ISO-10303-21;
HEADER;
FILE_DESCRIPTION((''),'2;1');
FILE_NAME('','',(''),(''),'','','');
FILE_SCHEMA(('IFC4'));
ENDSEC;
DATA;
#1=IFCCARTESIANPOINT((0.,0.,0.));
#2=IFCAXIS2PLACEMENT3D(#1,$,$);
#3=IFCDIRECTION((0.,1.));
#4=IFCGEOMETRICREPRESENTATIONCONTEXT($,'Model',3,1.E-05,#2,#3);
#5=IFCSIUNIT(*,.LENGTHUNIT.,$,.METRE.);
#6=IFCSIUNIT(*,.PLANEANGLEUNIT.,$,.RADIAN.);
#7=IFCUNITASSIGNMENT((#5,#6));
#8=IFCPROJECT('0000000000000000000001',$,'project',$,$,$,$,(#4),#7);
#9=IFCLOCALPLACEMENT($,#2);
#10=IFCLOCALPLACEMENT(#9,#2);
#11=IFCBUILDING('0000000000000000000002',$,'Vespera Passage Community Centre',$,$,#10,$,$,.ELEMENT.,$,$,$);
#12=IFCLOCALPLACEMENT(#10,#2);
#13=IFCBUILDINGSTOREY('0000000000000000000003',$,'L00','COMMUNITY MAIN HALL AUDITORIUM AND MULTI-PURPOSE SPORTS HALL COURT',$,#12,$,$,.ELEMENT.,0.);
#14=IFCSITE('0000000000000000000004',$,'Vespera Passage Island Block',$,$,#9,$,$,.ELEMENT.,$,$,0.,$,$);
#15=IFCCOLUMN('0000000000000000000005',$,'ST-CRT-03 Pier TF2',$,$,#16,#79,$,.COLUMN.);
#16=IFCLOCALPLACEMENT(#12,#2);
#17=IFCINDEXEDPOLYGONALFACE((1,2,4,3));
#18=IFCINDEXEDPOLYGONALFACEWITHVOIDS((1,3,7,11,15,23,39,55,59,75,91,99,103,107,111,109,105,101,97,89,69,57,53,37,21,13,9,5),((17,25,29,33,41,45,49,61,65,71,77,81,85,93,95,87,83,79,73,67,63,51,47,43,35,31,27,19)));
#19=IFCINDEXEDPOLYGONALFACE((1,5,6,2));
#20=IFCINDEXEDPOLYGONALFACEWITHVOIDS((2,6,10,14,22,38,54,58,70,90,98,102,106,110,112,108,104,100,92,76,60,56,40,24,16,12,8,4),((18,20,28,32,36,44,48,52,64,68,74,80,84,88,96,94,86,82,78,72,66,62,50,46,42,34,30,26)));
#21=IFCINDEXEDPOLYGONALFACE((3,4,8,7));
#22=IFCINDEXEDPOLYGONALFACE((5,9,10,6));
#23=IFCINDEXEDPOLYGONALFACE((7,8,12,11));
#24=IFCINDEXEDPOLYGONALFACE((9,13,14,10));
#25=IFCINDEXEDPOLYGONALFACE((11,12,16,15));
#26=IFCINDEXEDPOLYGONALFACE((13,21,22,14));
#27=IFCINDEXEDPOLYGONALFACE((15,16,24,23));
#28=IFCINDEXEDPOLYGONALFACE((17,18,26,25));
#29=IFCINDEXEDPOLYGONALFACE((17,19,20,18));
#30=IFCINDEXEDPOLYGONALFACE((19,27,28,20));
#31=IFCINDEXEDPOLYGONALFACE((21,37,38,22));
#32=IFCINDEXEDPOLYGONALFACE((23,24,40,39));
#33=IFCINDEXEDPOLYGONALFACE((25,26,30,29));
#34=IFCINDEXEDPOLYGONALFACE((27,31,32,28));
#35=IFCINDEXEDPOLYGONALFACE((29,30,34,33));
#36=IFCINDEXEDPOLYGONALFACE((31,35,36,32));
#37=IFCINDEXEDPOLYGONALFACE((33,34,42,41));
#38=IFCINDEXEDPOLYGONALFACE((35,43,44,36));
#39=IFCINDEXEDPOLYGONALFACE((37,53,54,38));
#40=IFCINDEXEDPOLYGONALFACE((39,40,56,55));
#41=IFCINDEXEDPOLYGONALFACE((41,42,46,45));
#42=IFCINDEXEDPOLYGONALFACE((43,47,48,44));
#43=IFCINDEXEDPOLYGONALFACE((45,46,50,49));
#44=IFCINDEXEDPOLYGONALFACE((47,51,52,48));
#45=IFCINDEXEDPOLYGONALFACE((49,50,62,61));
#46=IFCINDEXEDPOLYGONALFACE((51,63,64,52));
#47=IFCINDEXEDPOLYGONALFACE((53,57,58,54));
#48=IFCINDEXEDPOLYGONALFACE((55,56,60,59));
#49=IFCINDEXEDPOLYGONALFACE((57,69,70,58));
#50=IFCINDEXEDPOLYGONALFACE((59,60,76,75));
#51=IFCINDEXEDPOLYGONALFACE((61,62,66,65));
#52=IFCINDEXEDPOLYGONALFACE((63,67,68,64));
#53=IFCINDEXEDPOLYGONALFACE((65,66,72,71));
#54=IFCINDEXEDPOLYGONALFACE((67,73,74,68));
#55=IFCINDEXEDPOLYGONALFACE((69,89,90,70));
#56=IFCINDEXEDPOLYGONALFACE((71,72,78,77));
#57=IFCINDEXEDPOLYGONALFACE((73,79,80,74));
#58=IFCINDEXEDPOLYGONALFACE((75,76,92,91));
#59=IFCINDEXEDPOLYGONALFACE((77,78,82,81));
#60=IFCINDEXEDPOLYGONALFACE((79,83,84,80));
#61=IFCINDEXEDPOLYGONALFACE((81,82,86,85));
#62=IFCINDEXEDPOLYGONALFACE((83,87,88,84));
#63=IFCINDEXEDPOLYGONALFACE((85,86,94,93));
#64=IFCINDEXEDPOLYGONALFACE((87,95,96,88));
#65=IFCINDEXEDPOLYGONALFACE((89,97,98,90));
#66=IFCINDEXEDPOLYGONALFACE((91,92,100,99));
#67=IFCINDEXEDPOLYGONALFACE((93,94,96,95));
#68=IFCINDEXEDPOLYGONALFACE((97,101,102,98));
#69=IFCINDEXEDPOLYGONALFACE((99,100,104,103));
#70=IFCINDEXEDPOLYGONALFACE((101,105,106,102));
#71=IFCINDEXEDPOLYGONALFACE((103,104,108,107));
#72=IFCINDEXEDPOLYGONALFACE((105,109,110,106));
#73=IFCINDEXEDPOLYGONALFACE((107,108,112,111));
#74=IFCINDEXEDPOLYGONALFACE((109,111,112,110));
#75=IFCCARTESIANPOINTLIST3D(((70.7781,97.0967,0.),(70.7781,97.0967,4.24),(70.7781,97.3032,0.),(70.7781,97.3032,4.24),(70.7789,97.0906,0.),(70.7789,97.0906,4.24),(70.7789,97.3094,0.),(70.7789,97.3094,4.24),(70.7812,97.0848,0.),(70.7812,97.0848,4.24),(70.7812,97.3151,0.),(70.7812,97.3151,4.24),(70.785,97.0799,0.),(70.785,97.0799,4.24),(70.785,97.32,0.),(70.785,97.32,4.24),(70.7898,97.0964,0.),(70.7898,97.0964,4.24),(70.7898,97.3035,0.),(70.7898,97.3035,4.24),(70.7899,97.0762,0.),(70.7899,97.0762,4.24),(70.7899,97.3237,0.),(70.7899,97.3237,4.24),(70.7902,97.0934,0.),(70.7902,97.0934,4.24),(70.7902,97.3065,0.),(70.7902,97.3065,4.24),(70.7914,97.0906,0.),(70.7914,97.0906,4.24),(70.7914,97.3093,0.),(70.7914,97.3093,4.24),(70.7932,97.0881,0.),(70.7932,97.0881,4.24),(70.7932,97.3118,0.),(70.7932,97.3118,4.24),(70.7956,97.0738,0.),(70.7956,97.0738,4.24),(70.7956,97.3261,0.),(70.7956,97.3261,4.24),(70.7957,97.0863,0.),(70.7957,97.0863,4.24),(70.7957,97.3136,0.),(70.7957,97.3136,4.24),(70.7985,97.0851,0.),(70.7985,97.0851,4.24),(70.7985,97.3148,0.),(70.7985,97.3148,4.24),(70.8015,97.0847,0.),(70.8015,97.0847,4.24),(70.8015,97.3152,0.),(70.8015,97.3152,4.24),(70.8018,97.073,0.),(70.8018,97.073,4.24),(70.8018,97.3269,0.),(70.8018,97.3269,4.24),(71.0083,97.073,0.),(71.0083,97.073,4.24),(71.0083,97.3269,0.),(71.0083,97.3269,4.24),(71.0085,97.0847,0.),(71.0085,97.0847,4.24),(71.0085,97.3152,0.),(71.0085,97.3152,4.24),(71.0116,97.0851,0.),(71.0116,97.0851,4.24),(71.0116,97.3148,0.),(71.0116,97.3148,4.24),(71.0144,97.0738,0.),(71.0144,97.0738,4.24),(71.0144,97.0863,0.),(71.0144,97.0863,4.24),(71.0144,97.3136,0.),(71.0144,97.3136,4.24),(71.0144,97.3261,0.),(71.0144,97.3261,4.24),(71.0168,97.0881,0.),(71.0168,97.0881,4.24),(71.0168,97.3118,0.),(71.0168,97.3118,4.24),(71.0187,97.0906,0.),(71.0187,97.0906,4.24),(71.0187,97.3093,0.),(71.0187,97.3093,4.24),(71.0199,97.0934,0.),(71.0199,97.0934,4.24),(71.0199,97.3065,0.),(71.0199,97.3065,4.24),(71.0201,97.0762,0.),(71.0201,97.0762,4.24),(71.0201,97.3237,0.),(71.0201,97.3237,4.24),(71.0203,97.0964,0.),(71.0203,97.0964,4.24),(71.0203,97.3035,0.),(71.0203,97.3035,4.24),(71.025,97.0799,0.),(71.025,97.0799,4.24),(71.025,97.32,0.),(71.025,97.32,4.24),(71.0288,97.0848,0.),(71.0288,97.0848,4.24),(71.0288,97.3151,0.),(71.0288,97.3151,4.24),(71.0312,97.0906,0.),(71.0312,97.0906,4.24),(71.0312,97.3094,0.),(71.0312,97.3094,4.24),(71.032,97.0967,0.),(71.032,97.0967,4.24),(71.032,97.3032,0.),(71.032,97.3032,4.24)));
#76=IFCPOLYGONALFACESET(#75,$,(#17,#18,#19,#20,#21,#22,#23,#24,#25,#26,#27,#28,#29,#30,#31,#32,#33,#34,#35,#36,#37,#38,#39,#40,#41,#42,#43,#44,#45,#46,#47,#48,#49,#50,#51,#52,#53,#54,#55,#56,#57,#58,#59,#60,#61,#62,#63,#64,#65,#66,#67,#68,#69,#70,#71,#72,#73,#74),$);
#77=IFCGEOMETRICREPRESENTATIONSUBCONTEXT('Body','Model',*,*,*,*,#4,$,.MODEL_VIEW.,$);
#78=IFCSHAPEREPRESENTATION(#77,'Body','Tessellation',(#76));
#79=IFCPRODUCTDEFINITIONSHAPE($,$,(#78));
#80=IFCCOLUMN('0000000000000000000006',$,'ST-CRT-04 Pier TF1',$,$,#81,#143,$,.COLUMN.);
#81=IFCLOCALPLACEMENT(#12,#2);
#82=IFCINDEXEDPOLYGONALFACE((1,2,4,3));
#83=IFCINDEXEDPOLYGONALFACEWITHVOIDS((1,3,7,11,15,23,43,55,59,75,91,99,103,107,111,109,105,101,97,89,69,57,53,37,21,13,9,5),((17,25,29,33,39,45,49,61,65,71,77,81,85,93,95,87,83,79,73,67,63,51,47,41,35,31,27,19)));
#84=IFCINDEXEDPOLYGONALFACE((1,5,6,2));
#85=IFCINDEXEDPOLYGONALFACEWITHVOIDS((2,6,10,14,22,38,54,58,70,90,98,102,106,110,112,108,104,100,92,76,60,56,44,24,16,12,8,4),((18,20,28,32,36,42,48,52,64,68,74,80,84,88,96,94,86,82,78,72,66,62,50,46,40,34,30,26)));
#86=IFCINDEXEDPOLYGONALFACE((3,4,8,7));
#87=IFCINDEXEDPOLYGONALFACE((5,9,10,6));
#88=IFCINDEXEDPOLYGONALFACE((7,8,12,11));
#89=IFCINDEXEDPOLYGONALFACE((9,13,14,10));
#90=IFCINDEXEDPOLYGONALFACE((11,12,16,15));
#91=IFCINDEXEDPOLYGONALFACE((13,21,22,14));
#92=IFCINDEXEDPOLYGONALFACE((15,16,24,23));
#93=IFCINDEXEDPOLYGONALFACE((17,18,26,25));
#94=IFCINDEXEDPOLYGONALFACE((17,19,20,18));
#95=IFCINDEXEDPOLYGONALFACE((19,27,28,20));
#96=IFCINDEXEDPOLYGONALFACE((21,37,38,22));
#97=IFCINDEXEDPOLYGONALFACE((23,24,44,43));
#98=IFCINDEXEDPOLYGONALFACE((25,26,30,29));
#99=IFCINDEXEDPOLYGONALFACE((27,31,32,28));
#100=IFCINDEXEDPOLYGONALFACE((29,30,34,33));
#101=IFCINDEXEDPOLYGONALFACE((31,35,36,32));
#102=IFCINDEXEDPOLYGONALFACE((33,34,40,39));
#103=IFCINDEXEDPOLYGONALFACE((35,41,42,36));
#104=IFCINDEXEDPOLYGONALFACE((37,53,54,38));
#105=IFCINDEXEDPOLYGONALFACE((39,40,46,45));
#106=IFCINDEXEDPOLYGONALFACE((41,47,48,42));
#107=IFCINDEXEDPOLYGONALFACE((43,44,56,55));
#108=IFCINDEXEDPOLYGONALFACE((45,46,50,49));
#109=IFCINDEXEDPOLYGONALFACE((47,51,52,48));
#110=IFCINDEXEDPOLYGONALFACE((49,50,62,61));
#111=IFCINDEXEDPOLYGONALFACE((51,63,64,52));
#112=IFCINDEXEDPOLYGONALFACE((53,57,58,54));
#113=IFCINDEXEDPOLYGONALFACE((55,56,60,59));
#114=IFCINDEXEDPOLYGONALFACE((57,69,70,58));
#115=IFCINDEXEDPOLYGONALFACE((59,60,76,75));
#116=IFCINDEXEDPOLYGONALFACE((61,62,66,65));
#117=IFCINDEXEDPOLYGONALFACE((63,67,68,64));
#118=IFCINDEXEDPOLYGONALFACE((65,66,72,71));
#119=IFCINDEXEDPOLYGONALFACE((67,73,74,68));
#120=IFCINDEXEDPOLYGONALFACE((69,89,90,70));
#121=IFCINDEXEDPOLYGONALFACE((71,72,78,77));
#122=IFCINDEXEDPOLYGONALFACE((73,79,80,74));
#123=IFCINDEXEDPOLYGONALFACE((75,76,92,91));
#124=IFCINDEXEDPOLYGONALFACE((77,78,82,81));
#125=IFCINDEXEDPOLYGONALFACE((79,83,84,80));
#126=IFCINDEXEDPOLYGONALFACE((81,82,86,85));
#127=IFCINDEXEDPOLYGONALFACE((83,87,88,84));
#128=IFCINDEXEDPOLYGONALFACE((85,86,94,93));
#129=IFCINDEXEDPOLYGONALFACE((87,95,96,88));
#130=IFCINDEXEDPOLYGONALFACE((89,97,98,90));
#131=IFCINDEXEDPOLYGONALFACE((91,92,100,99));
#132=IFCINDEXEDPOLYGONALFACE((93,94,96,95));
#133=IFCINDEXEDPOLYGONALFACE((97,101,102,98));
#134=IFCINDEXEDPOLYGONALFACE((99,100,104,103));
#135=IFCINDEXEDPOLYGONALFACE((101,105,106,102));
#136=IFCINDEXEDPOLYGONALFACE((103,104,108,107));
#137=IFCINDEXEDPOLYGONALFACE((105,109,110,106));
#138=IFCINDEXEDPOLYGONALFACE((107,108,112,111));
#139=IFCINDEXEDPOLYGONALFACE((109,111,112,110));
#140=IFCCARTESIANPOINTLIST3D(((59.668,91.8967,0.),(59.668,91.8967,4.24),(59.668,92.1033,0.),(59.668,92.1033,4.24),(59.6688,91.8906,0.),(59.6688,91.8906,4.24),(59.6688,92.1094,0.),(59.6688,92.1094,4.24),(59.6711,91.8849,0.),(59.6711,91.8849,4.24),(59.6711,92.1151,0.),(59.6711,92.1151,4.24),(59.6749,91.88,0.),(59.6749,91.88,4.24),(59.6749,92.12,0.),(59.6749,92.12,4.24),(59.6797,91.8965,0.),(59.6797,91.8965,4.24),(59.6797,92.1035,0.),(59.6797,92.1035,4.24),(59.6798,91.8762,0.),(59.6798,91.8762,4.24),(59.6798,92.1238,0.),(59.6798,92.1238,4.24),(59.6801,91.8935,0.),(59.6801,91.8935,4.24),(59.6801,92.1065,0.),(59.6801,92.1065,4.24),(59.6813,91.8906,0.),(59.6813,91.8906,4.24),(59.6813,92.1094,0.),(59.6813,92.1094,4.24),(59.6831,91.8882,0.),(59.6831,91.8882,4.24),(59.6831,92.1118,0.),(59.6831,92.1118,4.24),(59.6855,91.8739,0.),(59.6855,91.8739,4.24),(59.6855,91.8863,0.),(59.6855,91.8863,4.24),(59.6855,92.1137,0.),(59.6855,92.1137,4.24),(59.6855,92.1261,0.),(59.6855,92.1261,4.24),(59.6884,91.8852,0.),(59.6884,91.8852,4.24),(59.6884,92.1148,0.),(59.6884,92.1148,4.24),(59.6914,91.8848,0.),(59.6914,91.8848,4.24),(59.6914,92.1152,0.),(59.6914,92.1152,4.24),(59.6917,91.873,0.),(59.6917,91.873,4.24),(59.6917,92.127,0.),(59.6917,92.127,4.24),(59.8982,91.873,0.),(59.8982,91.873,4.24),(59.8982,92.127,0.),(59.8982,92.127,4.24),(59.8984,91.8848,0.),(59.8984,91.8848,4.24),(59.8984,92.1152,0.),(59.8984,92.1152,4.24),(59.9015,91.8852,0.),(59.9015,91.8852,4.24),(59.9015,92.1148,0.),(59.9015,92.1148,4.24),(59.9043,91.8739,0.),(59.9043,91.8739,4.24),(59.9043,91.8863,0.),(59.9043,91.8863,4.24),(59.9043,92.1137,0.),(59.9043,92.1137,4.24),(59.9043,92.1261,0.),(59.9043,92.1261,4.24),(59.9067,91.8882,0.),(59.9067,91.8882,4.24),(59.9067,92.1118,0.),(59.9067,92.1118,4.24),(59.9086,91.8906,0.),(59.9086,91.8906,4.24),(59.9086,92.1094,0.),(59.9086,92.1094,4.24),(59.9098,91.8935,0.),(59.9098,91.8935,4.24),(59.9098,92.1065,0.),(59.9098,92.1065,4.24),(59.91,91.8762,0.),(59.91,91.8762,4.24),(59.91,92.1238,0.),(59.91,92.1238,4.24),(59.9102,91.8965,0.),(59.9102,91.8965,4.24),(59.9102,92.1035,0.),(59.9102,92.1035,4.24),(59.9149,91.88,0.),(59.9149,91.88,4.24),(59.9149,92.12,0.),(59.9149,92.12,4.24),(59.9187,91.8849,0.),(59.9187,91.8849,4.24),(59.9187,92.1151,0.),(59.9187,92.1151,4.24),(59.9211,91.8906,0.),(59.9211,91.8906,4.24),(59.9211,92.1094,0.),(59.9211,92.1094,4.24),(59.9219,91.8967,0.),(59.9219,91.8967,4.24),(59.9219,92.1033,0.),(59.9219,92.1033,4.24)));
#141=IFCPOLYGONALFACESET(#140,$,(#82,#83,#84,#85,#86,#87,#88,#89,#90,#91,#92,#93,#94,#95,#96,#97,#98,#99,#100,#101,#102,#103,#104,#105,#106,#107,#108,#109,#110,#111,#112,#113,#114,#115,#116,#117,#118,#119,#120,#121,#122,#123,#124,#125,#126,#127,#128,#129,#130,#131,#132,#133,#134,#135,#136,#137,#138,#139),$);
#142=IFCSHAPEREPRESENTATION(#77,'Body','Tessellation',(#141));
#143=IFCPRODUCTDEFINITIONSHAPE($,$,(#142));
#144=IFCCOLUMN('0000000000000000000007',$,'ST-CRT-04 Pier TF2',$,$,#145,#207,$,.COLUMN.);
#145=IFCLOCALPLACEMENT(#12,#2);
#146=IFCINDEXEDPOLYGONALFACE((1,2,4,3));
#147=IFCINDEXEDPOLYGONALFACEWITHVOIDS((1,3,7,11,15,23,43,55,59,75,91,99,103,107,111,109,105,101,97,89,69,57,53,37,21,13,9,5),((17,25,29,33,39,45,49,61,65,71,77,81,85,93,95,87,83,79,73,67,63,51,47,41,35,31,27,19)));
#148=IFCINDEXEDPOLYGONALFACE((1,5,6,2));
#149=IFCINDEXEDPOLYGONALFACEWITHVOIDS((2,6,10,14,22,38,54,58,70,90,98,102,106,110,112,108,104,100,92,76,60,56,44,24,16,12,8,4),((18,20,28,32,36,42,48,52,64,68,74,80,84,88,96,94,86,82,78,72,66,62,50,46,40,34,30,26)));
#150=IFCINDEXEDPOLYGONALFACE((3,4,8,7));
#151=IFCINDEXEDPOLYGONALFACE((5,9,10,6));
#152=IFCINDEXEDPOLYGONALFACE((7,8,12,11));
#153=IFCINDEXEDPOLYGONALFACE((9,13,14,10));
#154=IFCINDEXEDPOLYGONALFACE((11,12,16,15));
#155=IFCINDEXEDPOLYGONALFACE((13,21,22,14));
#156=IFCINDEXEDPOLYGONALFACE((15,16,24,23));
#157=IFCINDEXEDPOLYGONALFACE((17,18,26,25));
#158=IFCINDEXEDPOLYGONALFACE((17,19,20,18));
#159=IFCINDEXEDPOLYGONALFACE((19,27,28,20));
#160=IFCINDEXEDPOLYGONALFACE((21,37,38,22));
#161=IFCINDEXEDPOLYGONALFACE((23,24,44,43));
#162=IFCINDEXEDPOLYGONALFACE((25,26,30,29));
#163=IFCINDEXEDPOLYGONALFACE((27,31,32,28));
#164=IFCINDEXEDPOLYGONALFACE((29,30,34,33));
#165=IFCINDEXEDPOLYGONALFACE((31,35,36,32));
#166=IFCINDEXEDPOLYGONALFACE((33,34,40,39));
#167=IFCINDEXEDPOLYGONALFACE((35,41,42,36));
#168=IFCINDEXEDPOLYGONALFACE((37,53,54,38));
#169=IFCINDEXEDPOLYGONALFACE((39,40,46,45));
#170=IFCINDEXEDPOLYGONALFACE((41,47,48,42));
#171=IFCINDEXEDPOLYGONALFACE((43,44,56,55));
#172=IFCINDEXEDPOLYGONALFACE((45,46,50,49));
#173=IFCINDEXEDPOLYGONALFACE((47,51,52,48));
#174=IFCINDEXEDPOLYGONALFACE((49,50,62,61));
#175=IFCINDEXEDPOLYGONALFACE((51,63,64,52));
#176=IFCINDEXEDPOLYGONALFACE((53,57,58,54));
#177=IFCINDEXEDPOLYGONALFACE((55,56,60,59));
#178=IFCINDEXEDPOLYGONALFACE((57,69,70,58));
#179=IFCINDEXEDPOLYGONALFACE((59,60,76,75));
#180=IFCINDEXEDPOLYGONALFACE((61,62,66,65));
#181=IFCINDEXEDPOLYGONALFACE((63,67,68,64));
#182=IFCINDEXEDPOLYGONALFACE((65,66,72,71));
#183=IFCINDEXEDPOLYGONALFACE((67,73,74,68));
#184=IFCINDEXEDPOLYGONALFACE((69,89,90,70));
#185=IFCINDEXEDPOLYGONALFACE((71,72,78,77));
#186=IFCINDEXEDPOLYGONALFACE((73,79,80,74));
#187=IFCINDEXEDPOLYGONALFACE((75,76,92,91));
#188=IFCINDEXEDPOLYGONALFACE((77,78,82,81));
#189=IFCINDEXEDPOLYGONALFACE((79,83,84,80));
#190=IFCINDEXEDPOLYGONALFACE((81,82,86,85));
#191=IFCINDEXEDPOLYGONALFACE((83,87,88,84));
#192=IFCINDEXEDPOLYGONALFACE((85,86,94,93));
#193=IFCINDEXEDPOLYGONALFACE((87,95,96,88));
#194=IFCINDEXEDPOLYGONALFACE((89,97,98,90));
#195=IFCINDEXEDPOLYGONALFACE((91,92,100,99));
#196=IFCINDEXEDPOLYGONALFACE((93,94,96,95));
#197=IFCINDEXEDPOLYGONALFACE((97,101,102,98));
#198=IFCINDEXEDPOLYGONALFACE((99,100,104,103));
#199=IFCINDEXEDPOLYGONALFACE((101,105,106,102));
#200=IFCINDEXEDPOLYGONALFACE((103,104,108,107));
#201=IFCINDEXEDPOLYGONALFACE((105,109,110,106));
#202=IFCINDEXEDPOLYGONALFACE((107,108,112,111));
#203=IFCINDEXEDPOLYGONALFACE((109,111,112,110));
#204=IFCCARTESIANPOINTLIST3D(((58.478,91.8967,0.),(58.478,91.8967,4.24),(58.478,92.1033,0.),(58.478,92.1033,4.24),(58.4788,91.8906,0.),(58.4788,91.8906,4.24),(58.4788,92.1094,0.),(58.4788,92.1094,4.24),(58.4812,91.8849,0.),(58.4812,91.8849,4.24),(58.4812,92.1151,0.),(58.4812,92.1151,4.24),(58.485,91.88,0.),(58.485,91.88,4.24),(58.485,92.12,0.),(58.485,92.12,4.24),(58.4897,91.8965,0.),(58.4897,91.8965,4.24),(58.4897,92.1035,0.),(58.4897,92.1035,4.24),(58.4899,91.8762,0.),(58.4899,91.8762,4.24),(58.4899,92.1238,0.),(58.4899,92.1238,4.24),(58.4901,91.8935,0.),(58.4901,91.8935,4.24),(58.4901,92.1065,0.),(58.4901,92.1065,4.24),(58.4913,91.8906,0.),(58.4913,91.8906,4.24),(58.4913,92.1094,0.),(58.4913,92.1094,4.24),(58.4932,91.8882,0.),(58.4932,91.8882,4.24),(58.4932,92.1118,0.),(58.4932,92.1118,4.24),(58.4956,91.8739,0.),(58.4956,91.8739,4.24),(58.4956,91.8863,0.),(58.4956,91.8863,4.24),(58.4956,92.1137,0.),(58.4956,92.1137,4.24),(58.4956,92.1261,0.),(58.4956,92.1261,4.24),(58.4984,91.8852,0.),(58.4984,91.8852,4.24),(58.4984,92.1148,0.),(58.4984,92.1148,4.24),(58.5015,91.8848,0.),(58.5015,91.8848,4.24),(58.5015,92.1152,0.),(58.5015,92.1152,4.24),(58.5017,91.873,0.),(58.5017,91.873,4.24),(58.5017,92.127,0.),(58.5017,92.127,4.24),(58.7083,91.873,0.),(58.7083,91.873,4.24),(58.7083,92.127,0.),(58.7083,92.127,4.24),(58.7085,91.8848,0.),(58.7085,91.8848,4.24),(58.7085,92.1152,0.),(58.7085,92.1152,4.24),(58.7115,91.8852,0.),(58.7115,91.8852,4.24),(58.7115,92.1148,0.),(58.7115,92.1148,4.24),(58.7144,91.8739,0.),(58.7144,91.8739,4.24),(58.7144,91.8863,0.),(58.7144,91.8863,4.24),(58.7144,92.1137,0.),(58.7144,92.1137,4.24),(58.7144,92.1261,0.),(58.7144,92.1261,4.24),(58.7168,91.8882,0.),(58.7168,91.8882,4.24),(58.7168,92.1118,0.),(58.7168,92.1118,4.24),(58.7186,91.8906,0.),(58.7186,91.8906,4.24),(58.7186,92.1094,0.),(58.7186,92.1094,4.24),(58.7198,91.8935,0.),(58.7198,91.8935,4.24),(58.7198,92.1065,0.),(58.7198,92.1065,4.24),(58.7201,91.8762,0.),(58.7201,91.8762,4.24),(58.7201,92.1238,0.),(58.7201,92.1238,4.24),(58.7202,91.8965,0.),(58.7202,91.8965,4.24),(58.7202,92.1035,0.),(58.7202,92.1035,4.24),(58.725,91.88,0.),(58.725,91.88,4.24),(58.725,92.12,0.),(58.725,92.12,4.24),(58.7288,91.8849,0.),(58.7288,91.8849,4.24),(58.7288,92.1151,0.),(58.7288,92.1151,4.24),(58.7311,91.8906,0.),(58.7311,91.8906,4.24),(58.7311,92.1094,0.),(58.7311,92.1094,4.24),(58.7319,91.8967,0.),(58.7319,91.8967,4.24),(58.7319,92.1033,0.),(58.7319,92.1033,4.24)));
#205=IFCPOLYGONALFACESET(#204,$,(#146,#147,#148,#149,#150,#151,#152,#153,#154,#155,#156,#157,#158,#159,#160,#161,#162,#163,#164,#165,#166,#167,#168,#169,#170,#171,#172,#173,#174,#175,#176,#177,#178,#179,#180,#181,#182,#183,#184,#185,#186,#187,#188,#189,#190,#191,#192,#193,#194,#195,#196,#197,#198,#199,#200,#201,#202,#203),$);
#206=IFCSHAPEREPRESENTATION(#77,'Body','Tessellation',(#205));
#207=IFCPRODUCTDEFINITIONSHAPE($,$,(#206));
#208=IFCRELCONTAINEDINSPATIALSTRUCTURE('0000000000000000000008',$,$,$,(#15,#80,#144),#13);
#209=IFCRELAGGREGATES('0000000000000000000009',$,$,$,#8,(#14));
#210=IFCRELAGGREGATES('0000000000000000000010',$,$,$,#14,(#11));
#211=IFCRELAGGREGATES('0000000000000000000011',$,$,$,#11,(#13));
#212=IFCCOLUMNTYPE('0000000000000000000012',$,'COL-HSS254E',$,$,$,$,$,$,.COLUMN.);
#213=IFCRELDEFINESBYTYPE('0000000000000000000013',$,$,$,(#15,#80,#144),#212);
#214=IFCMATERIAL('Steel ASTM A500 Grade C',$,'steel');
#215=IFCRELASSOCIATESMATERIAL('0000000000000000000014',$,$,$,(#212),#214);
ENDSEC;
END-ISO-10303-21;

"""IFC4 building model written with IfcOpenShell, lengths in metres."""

from ifc_helpers import new_model, si_unit, direction, frame, origin, origin_2d, place, context, subcontext, project, spatial, hollow_rectangle, extrude, material, material_profile, profile_set, type_object, element, save


model = new_model("IFC4")

# Units and contexts
model_context = context("Model", 3, precision=1e-05, world=origin(), true_north=direction((0.0, 1.0)))
body_context = subcontext(model_context, "Body", "Model", "MODEL_VIEW")
ifc_project = project(units=[si_unit("LENGTHUNIT", "METRE"), si_unit("PLANEANGLEUNIT", "RADIAN")], contexts=[model_context])

# Site, building, storey
site_placement = place(None, origin())
site = spatial("IfcSite", under=ifc_project, at=site_placement, Name="Vespera Passage Island Block", CompositionType="ELEMENT", RefElevation=0.0)
building_placement = place(site_placement, origin())
building = spatial("IfcBuilding", under=site, at=building_placement, Name="Vespera Passage Community Centre", CompositionType="ELEMENT")
storey_placement = place(building_placement, origin())
storey = spatial("IfcBuildingStorey", under=building, at=storey_placement, Name="L00", Description="COMMUNITY MAIN HALL AUDITORIUM AND MULTI-PURPOSE SPORTS HALL COURT", CompositionType="ELEMENT", Elevation=0.0)

# Columns
ifc_material_1 = material(Name="Steel ASTM A500 Grade C", Category="steel")
ifc_material_profile_1 = material_profile(ifc_material_1, hollow_rectangle(XDim=0.2539, YDim=0.2539, WallThickness=0.0117, InnerFilletRadius=0.0117, OuterFilletRadius=0.0237, at=origin_2d()), Name="HSS254X254X12.7")
ifc_profile_set_1 = profile_set([ifc_material_profile_1], Name="Steel ASTM A500 Grade C")
column_type_1 = type_object("IfcColumnType", Name="COL-HSS254E", PredefinedType="COLUMN", material=ifc_profile_set_1)
for number, where, z_axis, x_axis, name in (
    (1, (70.905, 97.2, 0.0), (0.0, 0.0, 1.0), (1.0, 0.0, 0.0), "ST-CRT-03 Pier TF2"),
    (2, (59.7949, 92.0, 0.0), (0.0, 0.0, 1.0), (1.0, 0.0, 0.0), "ST-CRT-04 Pier TF1"),
    (3, (58.605, 92.0, 0.0), (0.0, 0.0, 1.0), (1.0, 0.0, 0.0), "ST-CRT-04 Pier TF2"),
):
    element("IfcColumn", number, at=place(storey_placement, frame(where, z_axis=z_axis, x_axis=x_axis)), inside=storey, type_object=column_type_1, Name=name, PredefinedType="COLUMN", context=body_context, shape_type="SweptSolid", body=[
        extrude(hollow_rectangle(XDim=0.2539, YDim=0.2539, WallThickness=0.0117, InnerFilletRadius=0.0117, OuterFilletRadius=0.0237, at=origin_2d()), origin(), (0.0, 0.0, 1.0), 4.24),
    ])

save(model, "model.ifc")
